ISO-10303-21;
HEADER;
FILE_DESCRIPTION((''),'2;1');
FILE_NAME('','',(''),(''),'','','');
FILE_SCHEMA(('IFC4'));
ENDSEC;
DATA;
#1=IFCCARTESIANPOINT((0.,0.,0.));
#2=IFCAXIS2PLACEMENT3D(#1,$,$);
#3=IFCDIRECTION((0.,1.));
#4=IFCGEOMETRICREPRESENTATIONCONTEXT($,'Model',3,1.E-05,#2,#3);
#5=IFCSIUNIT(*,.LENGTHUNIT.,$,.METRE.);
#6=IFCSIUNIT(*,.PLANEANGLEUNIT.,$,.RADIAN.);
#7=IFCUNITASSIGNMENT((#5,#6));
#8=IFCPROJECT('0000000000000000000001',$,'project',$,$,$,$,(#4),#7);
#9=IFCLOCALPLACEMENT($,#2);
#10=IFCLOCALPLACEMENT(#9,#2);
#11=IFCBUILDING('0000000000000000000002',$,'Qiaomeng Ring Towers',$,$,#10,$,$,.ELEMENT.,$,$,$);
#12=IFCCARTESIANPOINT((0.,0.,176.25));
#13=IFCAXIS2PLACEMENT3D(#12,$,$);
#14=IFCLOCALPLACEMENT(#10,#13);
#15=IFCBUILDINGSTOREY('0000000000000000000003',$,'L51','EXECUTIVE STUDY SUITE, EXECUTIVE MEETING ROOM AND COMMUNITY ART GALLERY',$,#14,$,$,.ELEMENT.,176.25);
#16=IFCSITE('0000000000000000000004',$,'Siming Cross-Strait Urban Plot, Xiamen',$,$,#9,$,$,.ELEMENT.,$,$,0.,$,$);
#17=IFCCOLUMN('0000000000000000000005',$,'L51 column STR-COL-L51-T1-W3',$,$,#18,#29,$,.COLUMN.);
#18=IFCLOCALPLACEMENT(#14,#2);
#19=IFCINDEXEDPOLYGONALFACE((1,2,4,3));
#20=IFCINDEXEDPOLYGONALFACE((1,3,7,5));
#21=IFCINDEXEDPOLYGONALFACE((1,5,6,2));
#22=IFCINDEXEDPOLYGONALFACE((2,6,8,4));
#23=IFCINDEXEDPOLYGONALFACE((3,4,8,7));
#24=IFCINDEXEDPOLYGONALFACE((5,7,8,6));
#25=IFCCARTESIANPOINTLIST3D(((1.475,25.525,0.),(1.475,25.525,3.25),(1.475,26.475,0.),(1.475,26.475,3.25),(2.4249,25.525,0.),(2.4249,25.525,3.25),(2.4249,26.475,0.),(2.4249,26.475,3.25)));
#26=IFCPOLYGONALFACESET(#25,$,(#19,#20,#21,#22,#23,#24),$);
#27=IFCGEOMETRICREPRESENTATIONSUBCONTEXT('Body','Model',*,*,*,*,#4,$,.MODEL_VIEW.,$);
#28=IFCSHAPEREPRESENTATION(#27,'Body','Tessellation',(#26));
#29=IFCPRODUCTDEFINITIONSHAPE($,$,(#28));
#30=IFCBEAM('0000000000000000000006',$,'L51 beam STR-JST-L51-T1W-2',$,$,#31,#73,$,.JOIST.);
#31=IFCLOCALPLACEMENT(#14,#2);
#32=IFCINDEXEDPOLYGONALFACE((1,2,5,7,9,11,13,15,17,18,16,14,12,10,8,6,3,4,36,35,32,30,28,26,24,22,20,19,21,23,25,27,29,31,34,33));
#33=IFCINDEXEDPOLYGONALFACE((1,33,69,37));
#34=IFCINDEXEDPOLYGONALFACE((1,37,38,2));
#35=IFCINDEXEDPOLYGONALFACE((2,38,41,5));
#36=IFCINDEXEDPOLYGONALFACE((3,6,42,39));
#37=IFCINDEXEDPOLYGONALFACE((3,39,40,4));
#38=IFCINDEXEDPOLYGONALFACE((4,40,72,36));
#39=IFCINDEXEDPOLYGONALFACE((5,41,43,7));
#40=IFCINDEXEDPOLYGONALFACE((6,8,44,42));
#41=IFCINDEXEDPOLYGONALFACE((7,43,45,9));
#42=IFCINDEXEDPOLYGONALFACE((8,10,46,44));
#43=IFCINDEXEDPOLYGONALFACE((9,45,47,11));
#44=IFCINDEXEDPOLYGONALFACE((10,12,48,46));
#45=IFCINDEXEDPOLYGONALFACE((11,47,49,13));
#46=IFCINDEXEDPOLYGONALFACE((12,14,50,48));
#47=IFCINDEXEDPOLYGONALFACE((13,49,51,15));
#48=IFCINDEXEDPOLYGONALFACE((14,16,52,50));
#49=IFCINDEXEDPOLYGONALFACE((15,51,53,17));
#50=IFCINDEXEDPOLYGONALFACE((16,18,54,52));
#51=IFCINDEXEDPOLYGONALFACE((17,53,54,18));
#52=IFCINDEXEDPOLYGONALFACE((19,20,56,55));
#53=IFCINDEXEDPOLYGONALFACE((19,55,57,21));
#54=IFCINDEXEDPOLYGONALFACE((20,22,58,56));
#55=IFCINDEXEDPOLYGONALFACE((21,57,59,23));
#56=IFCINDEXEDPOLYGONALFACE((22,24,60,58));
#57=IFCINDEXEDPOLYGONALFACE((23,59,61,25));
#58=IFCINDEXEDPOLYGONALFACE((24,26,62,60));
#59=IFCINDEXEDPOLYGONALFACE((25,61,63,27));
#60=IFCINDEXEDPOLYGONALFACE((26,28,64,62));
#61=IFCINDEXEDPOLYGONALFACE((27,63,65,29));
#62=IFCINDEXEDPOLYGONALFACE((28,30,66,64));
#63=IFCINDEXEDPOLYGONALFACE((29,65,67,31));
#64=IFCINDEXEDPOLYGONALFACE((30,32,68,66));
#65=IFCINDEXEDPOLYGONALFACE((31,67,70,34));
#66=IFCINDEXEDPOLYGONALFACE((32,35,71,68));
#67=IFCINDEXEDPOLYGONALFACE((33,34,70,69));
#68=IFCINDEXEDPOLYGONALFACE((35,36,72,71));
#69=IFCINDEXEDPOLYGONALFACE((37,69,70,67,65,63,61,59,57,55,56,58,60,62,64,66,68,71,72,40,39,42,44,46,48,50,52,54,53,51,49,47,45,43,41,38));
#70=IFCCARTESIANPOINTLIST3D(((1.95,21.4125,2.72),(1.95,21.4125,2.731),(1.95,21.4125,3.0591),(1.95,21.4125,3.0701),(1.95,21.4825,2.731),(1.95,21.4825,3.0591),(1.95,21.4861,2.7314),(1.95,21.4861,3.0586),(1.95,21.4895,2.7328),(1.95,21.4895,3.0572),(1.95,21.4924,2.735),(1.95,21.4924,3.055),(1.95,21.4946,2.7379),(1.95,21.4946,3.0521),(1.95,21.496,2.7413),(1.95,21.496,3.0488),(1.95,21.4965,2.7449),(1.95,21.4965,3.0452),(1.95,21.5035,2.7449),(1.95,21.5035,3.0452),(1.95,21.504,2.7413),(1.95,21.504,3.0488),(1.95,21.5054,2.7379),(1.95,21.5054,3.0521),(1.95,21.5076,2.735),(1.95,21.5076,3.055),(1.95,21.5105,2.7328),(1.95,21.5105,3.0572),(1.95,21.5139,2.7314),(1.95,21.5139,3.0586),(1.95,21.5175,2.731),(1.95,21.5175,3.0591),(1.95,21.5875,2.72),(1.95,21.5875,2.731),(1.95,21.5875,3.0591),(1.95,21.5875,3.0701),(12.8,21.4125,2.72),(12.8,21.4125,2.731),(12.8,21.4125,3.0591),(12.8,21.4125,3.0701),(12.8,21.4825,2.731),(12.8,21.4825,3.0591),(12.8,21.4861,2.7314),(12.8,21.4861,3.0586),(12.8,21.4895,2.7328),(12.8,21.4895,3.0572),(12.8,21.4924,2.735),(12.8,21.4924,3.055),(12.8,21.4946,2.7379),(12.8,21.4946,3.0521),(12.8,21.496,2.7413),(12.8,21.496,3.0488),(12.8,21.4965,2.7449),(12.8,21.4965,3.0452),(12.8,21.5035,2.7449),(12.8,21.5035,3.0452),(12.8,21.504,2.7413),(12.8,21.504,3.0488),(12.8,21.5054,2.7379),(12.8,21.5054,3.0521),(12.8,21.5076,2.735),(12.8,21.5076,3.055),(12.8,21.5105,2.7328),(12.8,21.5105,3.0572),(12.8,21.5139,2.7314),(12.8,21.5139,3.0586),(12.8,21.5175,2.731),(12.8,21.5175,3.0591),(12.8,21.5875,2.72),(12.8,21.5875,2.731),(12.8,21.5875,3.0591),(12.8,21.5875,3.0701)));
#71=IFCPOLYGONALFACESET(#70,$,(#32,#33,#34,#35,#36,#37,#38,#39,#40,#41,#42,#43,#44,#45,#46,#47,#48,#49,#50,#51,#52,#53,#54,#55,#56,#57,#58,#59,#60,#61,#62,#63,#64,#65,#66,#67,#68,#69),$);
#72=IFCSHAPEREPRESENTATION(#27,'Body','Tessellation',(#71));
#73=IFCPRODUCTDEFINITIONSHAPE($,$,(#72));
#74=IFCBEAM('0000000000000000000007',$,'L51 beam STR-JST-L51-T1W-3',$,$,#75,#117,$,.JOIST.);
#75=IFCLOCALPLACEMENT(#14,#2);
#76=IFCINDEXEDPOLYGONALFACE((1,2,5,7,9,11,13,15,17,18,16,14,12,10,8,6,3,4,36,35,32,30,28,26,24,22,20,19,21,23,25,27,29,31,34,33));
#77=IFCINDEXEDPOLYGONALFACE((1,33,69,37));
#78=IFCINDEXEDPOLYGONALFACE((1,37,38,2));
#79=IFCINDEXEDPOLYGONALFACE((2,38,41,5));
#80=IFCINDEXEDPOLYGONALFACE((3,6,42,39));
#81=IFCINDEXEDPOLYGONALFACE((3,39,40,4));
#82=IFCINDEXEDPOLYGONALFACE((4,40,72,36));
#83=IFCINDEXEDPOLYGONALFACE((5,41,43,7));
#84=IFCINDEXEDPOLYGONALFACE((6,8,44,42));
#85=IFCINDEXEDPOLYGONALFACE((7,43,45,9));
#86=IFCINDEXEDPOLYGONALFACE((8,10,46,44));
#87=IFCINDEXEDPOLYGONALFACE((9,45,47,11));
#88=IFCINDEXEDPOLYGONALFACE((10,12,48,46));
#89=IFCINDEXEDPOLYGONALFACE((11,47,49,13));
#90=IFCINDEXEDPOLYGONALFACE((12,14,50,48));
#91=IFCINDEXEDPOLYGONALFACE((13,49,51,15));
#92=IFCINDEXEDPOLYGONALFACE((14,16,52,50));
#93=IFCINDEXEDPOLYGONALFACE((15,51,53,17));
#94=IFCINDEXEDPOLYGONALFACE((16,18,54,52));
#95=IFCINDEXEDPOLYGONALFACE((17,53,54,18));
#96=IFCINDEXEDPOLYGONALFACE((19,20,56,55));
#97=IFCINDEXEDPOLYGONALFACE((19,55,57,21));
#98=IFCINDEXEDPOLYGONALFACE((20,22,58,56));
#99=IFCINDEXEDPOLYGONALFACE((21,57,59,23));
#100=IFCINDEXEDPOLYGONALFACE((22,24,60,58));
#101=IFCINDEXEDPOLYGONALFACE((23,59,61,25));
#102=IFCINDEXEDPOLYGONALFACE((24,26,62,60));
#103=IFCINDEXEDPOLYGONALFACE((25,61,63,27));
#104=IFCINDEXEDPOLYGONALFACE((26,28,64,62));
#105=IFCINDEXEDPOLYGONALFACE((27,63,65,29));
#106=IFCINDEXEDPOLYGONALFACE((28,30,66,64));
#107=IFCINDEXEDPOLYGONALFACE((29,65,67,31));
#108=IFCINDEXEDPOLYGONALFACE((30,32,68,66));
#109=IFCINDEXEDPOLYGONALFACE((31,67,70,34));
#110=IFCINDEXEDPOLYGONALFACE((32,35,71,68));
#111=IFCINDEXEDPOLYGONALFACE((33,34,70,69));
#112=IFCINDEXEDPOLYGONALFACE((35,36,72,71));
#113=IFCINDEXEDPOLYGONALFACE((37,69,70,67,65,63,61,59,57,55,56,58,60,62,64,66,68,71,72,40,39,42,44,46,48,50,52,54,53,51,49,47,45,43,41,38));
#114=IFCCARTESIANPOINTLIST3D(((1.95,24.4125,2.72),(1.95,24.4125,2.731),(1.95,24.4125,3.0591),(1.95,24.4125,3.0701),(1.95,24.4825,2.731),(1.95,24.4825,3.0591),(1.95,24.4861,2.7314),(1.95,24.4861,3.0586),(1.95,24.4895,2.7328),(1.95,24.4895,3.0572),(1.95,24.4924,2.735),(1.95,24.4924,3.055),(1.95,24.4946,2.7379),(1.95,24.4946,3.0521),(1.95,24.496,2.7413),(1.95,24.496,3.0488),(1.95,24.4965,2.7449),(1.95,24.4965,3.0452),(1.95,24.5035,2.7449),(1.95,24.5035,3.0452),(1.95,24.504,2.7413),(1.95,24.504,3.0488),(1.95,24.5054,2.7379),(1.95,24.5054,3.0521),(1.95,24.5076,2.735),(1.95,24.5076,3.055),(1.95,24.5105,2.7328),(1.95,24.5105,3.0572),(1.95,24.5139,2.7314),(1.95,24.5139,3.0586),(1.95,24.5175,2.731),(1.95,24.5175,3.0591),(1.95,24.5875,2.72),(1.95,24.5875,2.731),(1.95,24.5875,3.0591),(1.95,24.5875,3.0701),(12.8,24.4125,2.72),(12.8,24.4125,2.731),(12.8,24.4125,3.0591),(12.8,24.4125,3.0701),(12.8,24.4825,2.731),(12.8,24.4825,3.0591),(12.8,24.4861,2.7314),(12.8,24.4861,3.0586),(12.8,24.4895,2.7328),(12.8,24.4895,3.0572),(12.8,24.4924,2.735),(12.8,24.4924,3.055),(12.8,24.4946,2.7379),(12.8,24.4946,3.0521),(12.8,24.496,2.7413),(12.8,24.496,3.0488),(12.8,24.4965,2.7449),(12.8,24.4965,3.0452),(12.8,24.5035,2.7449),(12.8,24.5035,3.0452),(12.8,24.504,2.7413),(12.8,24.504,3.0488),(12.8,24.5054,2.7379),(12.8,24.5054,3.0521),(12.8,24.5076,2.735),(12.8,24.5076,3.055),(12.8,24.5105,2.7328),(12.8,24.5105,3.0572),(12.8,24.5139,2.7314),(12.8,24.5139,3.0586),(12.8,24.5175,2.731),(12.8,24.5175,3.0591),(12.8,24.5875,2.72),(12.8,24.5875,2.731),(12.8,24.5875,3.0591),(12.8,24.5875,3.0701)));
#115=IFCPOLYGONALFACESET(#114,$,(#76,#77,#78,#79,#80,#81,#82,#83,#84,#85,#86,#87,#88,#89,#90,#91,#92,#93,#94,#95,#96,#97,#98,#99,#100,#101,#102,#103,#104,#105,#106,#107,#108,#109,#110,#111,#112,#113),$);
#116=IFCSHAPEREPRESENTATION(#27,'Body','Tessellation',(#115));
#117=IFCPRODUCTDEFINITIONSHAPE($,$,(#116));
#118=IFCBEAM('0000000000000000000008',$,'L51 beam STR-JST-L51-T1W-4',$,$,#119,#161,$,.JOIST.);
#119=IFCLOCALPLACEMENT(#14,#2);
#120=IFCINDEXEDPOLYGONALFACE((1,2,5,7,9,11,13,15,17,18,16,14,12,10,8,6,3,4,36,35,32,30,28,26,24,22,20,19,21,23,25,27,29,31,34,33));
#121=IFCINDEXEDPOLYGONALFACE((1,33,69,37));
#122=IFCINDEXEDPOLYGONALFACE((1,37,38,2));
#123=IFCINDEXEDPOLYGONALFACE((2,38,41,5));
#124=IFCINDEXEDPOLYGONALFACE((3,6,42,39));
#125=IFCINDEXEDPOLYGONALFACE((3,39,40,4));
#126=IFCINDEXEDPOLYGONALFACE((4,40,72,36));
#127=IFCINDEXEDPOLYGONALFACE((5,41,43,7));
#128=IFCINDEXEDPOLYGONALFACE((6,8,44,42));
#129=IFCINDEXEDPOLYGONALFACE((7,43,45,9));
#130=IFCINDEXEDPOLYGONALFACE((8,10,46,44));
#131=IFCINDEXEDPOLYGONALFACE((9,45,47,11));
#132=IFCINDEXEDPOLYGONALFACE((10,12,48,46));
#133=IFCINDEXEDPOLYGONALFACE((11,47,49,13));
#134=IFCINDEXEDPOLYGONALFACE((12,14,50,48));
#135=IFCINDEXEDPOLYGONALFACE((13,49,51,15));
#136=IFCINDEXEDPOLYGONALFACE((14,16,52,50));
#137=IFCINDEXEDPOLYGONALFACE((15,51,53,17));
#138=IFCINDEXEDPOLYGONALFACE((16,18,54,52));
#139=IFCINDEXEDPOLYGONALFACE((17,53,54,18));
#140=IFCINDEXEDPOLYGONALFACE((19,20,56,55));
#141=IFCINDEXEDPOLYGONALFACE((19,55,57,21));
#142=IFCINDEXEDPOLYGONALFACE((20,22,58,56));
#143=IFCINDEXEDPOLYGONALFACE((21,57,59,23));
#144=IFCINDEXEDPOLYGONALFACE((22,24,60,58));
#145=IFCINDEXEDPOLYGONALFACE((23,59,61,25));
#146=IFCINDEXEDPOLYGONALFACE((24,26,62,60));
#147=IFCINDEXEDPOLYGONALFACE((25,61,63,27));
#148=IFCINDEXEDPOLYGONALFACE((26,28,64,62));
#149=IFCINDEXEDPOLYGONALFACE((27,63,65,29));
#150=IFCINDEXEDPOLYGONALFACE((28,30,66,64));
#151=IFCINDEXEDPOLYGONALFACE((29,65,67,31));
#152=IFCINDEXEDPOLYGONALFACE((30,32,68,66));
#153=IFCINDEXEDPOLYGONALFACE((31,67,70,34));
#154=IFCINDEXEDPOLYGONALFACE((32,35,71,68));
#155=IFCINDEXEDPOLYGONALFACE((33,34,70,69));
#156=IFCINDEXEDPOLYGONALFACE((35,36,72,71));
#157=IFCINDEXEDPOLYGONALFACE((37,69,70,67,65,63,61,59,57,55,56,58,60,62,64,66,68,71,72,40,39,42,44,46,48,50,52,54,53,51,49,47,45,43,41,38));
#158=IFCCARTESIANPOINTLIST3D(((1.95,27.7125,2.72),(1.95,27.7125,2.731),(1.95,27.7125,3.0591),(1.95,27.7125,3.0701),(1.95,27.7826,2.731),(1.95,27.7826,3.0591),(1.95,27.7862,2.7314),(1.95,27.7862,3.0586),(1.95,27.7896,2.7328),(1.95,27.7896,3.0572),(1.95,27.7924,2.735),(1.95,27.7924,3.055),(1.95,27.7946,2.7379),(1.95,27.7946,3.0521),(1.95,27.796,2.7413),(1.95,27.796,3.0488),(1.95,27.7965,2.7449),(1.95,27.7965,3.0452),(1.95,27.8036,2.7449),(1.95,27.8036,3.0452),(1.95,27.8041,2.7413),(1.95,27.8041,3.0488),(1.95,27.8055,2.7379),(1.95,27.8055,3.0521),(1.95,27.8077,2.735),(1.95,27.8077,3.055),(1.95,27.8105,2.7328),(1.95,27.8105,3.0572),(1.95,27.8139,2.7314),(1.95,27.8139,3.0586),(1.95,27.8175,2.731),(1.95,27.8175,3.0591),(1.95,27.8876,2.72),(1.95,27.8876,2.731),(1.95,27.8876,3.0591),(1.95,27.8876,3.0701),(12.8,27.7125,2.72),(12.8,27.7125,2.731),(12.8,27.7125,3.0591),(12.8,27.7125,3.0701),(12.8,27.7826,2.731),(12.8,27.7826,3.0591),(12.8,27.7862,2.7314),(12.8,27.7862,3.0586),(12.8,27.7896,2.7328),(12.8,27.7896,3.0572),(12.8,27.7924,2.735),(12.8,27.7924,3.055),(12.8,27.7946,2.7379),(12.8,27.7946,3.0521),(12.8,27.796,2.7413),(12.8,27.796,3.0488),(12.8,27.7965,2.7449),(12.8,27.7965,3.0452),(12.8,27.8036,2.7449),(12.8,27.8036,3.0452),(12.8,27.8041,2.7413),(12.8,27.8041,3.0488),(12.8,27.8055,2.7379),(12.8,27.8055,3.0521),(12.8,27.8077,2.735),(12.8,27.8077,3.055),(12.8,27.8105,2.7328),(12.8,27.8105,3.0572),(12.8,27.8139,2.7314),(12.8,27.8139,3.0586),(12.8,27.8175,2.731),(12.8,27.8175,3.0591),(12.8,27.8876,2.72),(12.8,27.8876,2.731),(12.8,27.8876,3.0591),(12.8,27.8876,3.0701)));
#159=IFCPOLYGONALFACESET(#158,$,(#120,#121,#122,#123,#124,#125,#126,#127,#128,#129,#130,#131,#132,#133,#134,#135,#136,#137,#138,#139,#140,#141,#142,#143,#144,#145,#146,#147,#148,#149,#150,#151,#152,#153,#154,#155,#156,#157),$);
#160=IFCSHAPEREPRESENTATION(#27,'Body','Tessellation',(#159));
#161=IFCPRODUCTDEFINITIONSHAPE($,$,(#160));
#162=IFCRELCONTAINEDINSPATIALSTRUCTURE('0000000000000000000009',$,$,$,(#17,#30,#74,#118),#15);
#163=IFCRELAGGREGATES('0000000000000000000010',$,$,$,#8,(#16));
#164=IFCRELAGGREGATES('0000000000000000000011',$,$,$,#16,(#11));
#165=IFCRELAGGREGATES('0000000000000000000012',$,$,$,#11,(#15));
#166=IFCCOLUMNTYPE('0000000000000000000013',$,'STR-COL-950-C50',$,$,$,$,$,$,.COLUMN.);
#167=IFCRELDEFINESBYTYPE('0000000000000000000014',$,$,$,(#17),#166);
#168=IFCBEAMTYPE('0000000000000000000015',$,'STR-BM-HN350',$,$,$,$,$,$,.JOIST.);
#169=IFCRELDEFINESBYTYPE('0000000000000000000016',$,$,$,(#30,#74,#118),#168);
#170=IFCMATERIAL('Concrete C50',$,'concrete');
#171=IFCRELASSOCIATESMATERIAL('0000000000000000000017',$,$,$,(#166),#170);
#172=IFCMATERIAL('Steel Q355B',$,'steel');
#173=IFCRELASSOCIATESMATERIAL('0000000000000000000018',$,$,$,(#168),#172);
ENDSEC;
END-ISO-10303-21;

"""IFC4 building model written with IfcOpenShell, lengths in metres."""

from ifc_helpers import new_model, si_unit, direction, frame, origin, origin_2d, place, context, subcontext, project, spatial, rectangle, i_section, extrude, source, transform, mapped, material, material_profile, profile_set, type_object, element, save


model = new_model("IFC4")

# Units and contexts
model_context = context("Model", 3, precision=1e-05, world=origin(), true_north=direction((0.0, 1.0)))
body_context = subcontext(model_context, "Body", "Model", "MODEL_VIEW")
ifc_project = project(units=[si_unit("LENGTHUNIT", "METRE"), si_unit("PLANEANGLEUNIT", "RADIAN")], contexts=[model_context])

# Site, building, storey
site_placement = place(None, origin())
site = spatial("IfcSite", under=ifc_project, at=site_placement, Name="Siming Cross-Strait Urban Plot, Xiamen", CompositionType="ELEMENT", RefElevation=0.0)
building_placement = place(site_placement, origin())
building = spatial("IfcBuilding", under=site, at=building_placement, Name="Qiaomeng Ring Towers", CompositionType="ELEMENT")
storey_placement = place(building_placement, frame((0.0, 0.0, 176.25)))
storey = spatial("IfcBuildingStorey", under=building, at=storey_placement, Name="L51", Description="EXECUTIVE STUDY SUITE, EXECUTIVE MEETING ROOM AND COMMUNITY ART GALLERY", CompositionType="ELEMENT", Elevation=176.25)

# Column
ifc_material_1 = material(Name="Concrete C50", Category="concrete")
ifc_material_profile_1 = material_profile(ifc_material_1, rectangle(XDim=0.95, YDim=0.95, at=origin_2d()), Name="RC COL 950x950")
ifc_profile_set_1 = profile_set([ifc_material_profile_1], Name="Concrete C50")
column_type = type_object("IfcColumnType", Name="STR-COL-950-C50", PredefinedType="COLUMN", material=ifc_profile_set_1)
shared_shape_1 = source(origin(), body_context, "Body", "SweptSolid", [
    extrude(rectangle(XDim=0.95, YDim=0.95, at=origin_2d()), origin(), (0.0, 0.0, 1.0), 3.25),
])
column_placement = place(storey_placement, frame((1.95, 26.0, 0.0), z_axis=(0.0, 0.0, 1.0), x_axis=(1.0, 0.0, 0.0)))
element("IfcColumn", 1, at=column_placement, inside=storey, type_object=column_type, Name="L51 column STR-COL-L51-T1-W3", PredefinedType="COLUMN", context=body_context, shape_type="MappedRepresentation", body=[
    mapped(shared_shape_1, transform((0.0, 0.0, 0.0), x_axis=(1.0, 0.0, 0.0), y_axis=(0.0, 1.0, 0.0), z_axis=(0.0, 0.0, 1.0), scale=1.0)),
])

# Beams
ifc_material_2 = material(Name="Steel Q355B", Category="steel")
ifc_material_profile_2 = material_profile(ifc_material_2, i_section(OverallWidth=0.175, OverallDepth=0.3501, WebThickness=0.0071, FlangeThickness=0.011, FilletRadius=0.0139, at=origin_2d()), Name="HN 350x175x7x11")
ifc_profile_set_2 = profile_set([ifc_material_profile_2], Name="Steel Q355B")
beam_type_1 = type_object("IfcBeamType", Name="STR-BM-HN350", PredefinedType="JOIST", material=ifc_profile_set_2)
shared_shape_2 = source(origin(), body_context, "Body", "SweptSolid", [
    extrude(i_section(OverallWidth=0.175, OverallDepth=0.3501, WebThickness=0.0071, FlangeThickness=0.011, FilletRadius=0.0139, at=origin_2d()), origin(), (0.0, 0.0, 1.0), 10.8501),
])
for number, where, z_axis, x_axis, name in (
    (2, (1.95, 21.5, 2.895), (1.0, 0.0, 0.0), (0.0, 1.0, 0.0), "L51 beam STR-JST-L51-T1W-2"),
    (3, (1.95, 24.5, 2.895), (1.0, 0.0, 0.0), (0.0, 1.0, 0.0), "L51 beam STR-JST-L51-T1W-3"),
    (4, (1.95, 27.8, 2.895), (1.0, 0.0, 0.0), (0.0, 1.0, 0.0), "L51 beam STR-JST-L51-T1W-4"),
):
    element("IfcBeam", number, at=place(storey_placement, frame(where, z_axis=z_axis, x_axis=x_axis)), inside=storey, type_object=beam_type_1, Name=name, PredefinedType="JOIST", context=body_context, shape_type="MappedRepresentation", body=[
        mapped(shared_shape_2, transform((0.0, 0.0, 0.0), x_axis=(1.0, 0.0, 0.0), y_axis=(0.0, 1.0, 0.0), z_axis=(0.0, 0.0, 1.0), scale=1.0)),
    ])

save(model, "model.ifc")
